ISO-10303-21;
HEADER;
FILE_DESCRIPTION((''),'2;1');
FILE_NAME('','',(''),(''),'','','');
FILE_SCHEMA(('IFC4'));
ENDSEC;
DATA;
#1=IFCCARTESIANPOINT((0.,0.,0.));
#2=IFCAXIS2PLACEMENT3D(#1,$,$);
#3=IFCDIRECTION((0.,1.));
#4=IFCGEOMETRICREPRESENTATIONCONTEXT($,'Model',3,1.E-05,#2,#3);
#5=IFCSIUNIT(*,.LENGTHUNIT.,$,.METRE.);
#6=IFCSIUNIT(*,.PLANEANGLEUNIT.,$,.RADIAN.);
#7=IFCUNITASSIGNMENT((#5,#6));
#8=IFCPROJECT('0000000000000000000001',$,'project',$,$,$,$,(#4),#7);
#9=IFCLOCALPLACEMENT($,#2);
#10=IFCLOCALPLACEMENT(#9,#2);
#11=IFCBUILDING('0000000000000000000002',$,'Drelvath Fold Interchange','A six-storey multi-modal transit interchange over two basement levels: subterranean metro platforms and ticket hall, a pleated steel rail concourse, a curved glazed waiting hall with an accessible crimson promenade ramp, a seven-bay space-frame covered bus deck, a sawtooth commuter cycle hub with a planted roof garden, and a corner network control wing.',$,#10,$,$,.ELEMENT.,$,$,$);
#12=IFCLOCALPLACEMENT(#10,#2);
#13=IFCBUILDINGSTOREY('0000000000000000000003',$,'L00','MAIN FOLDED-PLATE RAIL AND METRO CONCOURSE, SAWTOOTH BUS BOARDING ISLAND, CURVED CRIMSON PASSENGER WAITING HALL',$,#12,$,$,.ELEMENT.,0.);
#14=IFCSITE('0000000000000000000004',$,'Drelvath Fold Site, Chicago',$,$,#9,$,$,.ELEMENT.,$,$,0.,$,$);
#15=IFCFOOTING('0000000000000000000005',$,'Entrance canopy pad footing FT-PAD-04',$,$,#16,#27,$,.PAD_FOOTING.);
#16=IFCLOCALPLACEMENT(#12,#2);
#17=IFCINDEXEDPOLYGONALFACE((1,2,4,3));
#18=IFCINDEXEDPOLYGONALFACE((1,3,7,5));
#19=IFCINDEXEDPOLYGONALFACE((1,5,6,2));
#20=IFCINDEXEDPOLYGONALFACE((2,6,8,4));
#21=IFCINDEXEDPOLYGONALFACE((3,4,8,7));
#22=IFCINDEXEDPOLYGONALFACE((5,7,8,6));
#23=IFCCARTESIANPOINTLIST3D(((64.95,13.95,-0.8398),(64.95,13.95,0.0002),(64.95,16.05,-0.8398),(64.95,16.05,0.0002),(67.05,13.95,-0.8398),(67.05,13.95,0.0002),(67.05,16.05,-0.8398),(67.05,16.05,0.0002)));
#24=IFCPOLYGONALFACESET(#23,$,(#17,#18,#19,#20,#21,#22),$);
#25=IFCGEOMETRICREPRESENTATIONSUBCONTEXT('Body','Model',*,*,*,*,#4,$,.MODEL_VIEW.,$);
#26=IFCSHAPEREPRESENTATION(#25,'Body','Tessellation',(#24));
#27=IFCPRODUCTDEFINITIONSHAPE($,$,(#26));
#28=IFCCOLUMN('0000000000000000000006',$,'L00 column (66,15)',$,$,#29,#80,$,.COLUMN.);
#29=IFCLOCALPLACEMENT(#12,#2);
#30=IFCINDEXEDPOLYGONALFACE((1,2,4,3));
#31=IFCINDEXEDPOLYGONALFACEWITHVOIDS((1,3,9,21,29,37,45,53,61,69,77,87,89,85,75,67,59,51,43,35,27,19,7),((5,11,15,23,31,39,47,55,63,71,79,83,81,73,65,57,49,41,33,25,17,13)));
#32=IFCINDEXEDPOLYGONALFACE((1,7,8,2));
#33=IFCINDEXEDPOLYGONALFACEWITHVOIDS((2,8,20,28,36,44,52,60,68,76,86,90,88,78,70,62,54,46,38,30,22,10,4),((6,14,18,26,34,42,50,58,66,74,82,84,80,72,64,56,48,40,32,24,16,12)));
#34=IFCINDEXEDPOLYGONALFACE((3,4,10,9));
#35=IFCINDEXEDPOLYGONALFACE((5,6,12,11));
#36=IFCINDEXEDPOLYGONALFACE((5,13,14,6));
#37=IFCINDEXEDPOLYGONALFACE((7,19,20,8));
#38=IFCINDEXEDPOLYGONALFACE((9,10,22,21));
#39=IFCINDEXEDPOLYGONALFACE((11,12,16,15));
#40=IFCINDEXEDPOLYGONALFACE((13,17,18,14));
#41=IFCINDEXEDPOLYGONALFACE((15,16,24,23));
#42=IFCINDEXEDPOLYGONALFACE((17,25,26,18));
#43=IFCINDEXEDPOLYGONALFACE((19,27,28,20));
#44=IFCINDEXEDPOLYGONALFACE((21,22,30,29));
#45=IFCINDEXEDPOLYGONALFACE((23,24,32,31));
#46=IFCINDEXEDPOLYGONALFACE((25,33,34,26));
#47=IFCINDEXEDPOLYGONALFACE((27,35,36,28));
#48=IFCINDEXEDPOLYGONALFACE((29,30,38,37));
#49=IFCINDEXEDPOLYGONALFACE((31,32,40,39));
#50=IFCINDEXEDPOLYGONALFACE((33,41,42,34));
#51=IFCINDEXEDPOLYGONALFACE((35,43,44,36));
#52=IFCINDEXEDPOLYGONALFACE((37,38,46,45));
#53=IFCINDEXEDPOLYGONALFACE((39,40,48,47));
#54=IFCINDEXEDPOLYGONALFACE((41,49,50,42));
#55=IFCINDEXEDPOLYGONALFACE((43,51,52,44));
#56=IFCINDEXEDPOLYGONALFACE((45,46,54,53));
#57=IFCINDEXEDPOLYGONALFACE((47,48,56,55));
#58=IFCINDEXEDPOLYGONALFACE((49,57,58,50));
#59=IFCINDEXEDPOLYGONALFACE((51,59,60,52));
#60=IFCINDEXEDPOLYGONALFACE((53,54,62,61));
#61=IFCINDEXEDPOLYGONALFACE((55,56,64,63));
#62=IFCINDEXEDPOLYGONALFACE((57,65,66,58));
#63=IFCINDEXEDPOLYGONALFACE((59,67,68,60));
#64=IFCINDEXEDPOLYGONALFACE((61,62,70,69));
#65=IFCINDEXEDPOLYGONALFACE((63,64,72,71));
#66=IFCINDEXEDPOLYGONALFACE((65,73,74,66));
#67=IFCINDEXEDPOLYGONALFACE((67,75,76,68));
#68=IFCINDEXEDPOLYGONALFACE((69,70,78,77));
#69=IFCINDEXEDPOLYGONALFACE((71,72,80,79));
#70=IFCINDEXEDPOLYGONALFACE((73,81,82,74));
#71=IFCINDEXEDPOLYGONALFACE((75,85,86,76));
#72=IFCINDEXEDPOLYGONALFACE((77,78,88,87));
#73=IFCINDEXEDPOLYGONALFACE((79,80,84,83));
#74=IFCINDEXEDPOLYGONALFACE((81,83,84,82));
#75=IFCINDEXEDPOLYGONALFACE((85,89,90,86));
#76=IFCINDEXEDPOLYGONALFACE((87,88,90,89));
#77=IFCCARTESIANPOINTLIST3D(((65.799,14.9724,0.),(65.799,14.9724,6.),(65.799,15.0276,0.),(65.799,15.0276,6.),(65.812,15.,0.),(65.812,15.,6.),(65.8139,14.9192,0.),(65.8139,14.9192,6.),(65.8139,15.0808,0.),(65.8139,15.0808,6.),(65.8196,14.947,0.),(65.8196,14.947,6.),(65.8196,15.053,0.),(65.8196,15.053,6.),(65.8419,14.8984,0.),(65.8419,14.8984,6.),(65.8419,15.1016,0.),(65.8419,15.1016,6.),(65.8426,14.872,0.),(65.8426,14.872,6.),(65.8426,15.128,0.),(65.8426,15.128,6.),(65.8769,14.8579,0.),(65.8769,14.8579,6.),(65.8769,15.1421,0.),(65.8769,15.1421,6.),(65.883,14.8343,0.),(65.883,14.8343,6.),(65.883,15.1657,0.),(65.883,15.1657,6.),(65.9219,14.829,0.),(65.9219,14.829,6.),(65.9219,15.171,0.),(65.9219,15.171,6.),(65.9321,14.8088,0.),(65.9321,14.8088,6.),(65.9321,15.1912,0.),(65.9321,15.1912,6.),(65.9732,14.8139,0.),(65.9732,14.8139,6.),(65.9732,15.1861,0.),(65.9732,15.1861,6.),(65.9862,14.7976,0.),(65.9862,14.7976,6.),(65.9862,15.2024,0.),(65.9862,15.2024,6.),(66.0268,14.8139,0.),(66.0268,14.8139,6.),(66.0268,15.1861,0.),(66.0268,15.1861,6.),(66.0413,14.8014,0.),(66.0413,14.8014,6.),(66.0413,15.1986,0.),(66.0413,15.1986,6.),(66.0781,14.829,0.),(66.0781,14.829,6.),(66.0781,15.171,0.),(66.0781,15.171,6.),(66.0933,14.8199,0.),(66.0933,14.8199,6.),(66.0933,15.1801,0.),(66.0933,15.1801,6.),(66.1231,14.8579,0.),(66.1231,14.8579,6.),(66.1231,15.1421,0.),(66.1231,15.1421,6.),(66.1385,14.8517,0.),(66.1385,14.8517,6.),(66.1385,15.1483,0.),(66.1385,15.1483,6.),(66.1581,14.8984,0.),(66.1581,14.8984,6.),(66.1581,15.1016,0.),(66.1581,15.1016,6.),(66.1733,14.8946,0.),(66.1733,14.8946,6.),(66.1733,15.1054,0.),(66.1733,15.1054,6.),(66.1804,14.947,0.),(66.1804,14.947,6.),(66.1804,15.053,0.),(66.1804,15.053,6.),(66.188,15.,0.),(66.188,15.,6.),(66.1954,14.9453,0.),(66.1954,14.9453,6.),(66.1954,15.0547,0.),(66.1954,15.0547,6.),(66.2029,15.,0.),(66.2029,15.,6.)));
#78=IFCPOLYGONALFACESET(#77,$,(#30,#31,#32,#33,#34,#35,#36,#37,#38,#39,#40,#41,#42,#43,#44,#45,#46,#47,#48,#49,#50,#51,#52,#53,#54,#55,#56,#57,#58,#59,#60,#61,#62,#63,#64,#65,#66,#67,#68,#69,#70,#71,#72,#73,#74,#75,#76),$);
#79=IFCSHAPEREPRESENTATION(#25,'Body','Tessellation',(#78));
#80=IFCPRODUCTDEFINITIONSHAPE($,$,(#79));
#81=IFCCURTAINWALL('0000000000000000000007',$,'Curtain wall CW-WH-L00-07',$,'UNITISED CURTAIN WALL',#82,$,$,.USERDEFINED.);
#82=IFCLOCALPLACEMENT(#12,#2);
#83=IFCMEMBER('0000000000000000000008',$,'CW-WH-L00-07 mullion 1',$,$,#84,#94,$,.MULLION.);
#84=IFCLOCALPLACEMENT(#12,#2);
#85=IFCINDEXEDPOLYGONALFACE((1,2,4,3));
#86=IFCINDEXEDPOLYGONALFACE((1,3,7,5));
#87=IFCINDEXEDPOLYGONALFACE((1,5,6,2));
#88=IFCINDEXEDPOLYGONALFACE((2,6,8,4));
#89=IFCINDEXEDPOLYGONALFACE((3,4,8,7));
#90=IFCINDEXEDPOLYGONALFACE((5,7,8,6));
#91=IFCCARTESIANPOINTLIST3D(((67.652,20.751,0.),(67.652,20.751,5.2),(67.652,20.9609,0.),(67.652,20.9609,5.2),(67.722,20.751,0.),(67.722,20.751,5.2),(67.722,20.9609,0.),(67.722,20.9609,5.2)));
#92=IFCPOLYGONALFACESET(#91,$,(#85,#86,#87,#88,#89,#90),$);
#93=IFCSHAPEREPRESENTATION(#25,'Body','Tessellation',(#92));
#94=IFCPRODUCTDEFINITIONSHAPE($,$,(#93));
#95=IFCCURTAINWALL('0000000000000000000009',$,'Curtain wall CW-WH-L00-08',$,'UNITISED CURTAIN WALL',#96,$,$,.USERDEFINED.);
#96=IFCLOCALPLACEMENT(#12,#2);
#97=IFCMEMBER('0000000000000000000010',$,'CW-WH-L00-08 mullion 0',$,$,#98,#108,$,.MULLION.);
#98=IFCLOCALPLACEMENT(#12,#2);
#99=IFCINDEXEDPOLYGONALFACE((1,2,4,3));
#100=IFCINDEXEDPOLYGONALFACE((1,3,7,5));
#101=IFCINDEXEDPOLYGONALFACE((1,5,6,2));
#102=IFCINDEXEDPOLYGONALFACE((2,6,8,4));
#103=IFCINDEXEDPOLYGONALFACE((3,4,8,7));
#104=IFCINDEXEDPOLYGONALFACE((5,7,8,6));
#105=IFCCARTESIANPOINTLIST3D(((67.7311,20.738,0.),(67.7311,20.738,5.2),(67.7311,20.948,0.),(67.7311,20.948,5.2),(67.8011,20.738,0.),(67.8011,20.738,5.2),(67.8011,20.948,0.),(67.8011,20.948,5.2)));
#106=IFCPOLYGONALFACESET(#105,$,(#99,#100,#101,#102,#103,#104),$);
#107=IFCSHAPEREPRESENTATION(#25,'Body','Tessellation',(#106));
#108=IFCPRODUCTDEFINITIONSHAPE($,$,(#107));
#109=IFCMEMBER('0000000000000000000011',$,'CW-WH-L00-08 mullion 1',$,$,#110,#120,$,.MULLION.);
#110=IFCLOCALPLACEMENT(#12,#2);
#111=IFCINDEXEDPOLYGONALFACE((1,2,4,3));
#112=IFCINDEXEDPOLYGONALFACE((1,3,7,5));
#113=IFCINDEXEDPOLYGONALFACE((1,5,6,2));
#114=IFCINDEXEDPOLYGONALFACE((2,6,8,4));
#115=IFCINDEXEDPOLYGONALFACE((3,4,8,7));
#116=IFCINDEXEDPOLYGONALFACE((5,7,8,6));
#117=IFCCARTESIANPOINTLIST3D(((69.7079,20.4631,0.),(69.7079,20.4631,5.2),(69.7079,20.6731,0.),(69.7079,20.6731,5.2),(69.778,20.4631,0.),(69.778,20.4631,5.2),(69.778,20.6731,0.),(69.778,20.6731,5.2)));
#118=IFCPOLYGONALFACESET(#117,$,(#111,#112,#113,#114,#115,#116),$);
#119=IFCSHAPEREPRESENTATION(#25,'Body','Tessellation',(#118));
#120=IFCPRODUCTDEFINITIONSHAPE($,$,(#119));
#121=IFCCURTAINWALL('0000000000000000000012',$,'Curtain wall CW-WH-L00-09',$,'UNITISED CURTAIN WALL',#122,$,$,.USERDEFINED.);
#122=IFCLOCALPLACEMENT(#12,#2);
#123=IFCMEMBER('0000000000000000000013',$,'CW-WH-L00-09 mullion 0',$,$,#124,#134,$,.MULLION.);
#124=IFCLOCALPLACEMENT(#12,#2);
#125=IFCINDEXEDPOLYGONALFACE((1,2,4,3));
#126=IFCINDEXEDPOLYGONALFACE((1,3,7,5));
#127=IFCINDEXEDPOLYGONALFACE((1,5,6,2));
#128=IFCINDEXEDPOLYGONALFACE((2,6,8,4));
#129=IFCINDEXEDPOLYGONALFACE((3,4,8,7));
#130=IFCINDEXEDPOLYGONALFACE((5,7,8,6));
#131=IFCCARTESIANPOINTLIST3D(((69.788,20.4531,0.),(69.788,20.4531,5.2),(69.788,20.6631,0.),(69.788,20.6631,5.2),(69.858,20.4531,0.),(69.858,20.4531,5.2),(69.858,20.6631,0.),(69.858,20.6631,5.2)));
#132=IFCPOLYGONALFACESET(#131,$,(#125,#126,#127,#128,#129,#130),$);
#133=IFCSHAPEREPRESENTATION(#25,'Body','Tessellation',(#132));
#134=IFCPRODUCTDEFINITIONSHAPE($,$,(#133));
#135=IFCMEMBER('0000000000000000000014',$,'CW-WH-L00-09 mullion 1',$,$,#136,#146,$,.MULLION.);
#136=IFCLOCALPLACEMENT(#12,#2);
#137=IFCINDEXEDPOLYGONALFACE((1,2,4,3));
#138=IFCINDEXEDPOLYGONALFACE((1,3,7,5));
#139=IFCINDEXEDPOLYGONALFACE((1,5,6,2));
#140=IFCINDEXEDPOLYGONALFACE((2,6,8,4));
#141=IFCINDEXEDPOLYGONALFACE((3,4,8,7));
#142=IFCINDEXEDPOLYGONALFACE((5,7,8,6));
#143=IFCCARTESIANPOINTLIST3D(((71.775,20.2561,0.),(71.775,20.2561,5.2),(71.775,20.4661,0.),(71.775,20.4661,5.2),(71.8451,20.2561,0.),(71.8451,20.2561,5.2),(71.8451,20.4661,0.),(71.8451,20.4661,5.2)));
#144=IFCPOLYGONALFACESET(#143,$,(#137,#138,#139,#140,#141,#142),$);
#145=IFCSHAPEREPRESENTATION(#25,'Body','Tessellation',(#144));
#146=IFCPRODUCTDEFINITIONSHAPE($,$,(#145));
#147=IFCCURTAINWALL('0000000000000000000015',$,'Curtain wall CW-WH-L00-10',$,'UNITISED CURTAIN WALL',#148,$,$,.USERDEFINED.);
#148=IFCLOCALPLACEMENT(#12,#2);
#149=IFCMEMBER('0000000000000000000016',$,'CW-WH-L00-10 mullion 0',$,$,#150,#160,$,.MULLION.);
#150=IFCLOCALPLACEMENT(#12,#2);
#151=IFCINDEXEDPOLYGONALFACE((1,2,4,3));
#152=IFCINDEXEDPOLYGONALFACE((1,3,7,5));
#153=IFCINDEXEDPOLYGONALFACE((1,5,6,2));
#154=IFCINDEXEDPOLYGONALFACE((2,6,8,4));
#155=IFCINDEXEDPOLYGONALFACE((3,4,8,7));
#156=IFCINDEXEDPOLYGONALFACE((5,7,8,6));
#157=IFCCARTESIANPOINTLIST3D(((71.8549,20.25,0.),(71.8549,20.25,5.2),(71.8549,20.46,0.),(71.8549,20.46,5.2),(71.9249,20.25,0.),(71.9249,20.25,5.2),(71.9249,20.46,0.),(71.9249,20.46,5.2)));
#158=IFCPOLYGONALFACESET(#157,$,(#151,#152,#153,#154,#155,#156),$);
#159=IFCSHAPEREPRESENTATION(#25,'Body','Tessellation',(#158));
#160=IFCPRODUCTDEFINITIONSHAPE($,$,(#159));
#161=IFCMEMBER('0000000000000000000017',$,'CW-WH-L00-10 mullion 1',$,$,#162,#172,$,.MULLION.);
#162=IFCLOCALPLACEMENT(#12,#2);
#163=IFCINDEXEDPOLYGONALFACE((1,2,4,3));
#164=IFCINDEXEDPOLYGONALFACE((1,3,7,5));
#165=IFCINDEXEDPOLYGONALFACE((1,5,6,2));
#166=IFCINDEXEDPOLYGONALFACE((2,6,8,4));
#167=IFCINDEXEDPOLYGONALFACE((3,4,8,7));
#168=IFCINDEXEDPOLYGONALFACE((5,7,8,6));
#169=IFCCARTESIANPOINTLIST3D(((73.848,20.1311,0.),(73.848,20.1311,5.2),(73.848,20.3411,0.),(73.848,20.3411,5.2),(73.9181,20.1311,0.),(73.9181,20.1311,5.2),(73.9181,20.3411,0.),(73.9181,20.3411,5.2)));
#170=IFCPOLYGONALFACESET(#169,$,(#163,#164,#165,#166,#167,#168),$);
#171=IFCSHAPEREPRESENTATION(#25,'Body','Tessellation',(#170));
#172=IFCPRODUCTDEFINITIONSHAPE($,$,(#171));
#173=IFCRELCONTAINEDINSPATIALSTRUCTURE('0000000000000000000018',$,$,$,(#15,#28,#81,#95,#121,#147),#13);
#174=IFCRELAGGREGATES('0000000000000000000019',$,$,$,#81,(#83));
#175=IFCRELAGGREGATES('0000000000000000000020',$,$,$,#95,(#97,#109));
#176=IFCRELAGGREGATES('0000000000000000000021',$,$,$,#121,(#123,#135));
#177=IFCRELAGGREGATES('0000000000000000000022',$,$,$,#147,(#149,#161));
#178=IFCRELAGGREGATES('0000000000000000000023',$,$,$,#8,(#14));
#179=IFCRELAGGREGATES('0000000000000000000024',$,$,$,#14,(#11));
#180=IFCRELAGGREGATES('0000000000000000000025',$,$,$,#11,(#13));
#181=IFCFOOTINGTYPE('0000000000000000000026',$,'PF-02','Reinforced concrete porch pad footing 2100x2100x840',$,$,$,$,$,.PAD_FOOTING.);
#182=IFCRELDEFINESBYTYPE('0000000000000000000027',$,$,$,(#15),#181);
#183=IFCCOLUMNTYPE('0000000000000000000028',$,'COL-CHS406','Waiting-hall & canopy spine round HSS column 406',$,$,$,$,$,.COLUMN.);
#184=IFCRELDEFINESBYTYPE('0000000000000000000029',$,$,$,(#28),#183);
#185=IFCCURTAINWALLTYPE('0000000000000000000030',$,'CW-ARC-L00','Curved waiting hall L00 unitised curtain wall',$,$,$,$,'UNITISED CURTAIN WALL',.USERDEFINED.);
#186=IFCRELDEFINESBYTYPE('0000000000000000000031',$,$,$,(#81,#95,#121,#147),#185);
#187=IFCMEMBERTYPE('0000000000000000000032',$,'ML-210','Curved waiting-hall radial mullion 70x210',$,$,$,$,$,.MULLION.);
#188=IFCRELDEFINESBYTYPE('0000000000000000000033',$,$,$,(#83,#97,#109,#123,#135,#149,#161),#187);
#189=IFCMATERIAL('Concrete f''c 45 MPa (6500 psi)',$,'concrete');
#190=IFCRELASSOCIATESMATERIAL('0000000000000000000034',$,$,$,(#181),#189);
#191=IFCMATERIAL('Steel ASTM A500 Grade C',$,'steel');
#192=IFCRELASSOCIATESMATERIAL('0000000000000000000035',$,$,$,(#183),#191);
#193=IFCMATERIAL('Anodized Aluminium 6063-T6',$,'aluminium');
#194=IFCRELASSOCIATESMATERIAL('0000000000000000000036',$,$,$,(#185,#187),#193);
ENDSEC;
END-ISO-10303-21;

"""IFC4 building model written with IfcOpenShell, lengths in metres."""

from ifc_helpers import new_model, si_unit, direction, frame, origin, origin_2d, place, context, subcontext, project, spatial, rectangle, hollow_circle, extrude, material, material_profile, profile_set, type_object, element, aggregate, save


model = new_model("IFC4")

# Units and contexts
model_context = context("Model", 3, precision=1e-05, world=origin(), true_north=direction((0.0, 1.0)))
body_context = subcontext(model_context, "Body", "Model", "MODEL_VIEW")
ifc_project = project(units=[si_unit("LENGTHUNIT", "METRE"), si_unit("PLANEANGLEUNIT", "RADIAN")], contexts=[model_context])

# Site, building, storey
site_placement = place(None, origin())
site = spatial("IfcSite", under=ifc_project, at=site_placement, Name="Drelvath Fold Site, Chicago", CompositionType="ELEMENT", RefElevation=0.0)
building_placement = place(site_placement, origin())
building = spatial("IfcBuilding", under=site, at=building_placement, Name="Drelvath Fold Interchange", Description="A six-storey multi-modal transit interchange over two basement levels: subterranean metro platforms and ticket hall, a pleated steel rail concourse, a curved glazed waiting hall with an accessible crimson promenade ramp, a seven-bay space-frame covered bus deck, a sawtooth commuter cycle hub with a planted roof garden, and a corner network control wing.", CompositionType="ELEMENT")
storey_placement = place(building_placement, origin())
storey = spatial("IfcBuildingStorey", under=building, at=storey_placement, Name="L00", Description="MAIN FOLDED-PLATE RAIL AND METRO CONCOURSE, SAWTOOTH BUS BOARDING ISLAND, CURVED CRIMSON PASSENGER WAITING HALL", CompositionType="ELEMENT", Elevation=0.0)

# Footing
ifc_material_1 = material(Name="Concrete f'c 45 MPa (6500 psi)", Category="concrete")
footing_type = type_object("IfcFootingType", Name="PF-02", Description="Reinforced concrete porch pad footing 2100x2100x840", PredefinedType="PAD_FOOTING", material=ifc_material_1)
footing_placement = place(storey_placement, frame((66.0, 15.0, -0.8398), z_axis=(0.0, 0.0, 1.0), x_axis=(1.0, 0.0, 0.0)))
element("IfcFooting", 1, at=footing_placement, inside=storey, type_object=footing_type, Name="Entrance canopy pad footing FT-PAD-04", PredefinedType="PAD_FOOTING", context=body_context, shape_type="SweptSolid", body=[
    extrude(rectangle(XDim=2.1001, YDim=2.1001, at=origin_2d()), origin(), (0.0, 0.0, 1.0), 0.8401),
])

# Column
ifc_material_2 = material(Name="Steel ASTM A500 Grade C", Category="steel")
ifc_material_profile_1 = material_profile(ifc_material_2, hollow_circle(Radius=0.2029, WallThickness=0.0149, at=origin_2d()), Name="HSS16.000X0.625")
ifc_profile_set_1 = profile_set([ifc_material_profile_1], Name="Steel ASTM A500 Grade C")
column_type = type_object("IfcColumnType", Name="COL-CHS406", Description="Waiting-hall & canopy spine round HSS column 406", PredefinedType="COLUMN", material=ifc_profile_set_1)
column_placement = place(storey_placement, frame((66.0, 15.0, 0.0), z_axis=(0.0, 0.0, 1.0), x_axis=(1.0, 0.0, 0.0)))
element("IfcColumn", 2, at=column_placement, inside=storey, type_object=column_type, Name="L00 column (66,15)", PredefinedType="COLUMN", context=body_context, shape_type="SweptSolid", body=[
    extrude(hollow_circle(Radius=0.2029, WallThickness=0.0149, at=origin_2d()), origin(), (0.0, 0.0, 1.0), 6.0),
])

# Curtain wall, member
ifc_material_3 = material(Name="Anodized Aluminium 6063-T6", Category="aluminium")
curtain_wall_type = type_object("IfcCurtainWallType", Name="CW-ARC-L00", Description="Curved waiting hall L00 unitised curtain wall", ElementType="UNITISED CURTAIN WALL", PredefinedType="USERDEFINED", material=ifc_material_3)
curtain_wall_1_placement = place(storey_placement, origin())
curtain_wall_1 = element("IfcCurtainWall", 3, at=curtain_wall_1_placement, inside=storey, type_object=curtain_wall_type, Name="Curtain wall CW-WH-L00-07", ObjectType="UNITISED CURTAIN WALL", PredefinedType="USERDEFINED")
ifc_material_profile_2 = material_profile(ifc_material_3, rectangle(XDim=0.0701, YDim=0.21, at=origin_2d()), Name="AL-M 70x210")
ifc_profile_set_2 = profile_set([ifc_material_profile_2], Name="Anodized Aluminium 6063-T6")
member_type_1 = type_object("IfcMemberType", Name="ML-210", Description="Curved waiting-hall radial mullion 70x210", PredefinedType="MULLION", material=ifc_profile_set_2)
member_1_placement = place(storey_placement, frame((67.687, 20.856, 0.0), z_axis=(0.0, 0.0, 1.0), x_axis=(1.0, 0.0, 0.0)))
member_1 = element("IfcMember", 4, at=member_1_placement, type_object=member_type_1, Name="CW-WH-L00-07 mullion 1", PredefinedType="MULLION", context=body_context, shape_type="SweptSolid", body=[
    extrude(rectangle(XDim=0.0701, YDim=0.21, at=origin_2d()), origin(), (0.0, 0.0, 1.0), 5.2),
])

# Curtain walls, members
curtain_wall_2_placement = place(storey_placement, origin())
curtain_wall_2 = element("IfcCurtainWall", 5, at=curtain_wall_2_placement, inside=storey, type_object=curtain_wall_type, Name="Curtain wall CW-WH-L00-08", ObjectType="UNITISED CURTAIN WALL", PredefinedType="USERDEFINED")
member_2_placement = place(storey_placement, frame((67.7661, 20.843, 0.0), z_axis=(0.0, 0.0, 1.0), x_axis=(1.0, 0.0, 0.0)))
member_2 = element("IfcMember", 6, at=member_2_placement, type_object=member_type_1, Name="CW-WH-L00-08 mullion 0", PredefinedType="MULLION", context=body_context, shape_type="SweptSolid", body=[
    extrude(rectangle(XDim=0.0701, YDim=0.21, at=origin_2d()), origin(), (0.0, 0.0, 1.0), 5.2),
])
member_3_placement = place(storey_placement, frame((69.7429, 20.5681, 0.0), z_axis=(0.0, 0.0, 1.0), x_axis=(1.0, 0.0, 0.0)))
member_3 = element("IfcMember", 7, at=member_3_placement, type_object=member_type_1, Name="CW-WH-L00-08 mullion 1", PredefinedType="MULLION", context=body_context, shape_type="SweptSolid", body=[
    extrude(rectangle(XDim=0.0701, YDim=0.21, at=origin_2d()), origin(), (0.0, 0.0, 1.0), 5.2),
])
curtain_wall_3_placement = place(storey_placement, origin())
curtain_wall_3 = element("IfcCurtainWall", 8, at=curtain_wall_3_placement, inside=storey, type_object=curtain_wall_type, Name="Curtain wall CW-WH-L00-09", ObjectType="UNITISED CURTAIN WALL", PredefinedType="USERDEFINED")
member_4_placement = place(storey_placement, frame((69.823, 20.5581, 0.0), z_axis=(0.0, 0.0, 1.0), x_axis=(1.0, 0.0, 0.0)))
member_4 = element("IfcMember", 9, at=member_4_placement, type_object=member_type_1, Name="CW-WH-L00-09 mullion 0", PredefinedType="MULLION", context=body_context, shape_type="SweptSolid", body=[
    extrude(rectangle(XDim=0.0701, YDim=0.21, at=origin_2d()), origin(), (0.0, 0.0, 1.0), 5.2),
])
member_5_placement = place(storey_placement, frame((71.8101, 20.3611, 0.0), z_axis=(0.0, 0.0, 1.0), x_axis=(1.0, 0.0, 0.0)))
member_5 = element("IfcMember", 10, at=member_5_placement, type_object=member_type_1, Name="CW-WH-L00-09 mullion 1", PredefinedType="MULLION", context=body_context, shape_type="SweptSolid", body=[
    extrude(rectangle(XDim=0.0701, YDim=0.21, at=origin_2d()), origin(), (0.0, 0.0, 1.0), 5.2),
])
curtain_wall_4_placement = place(storey_placement, origin())
curtain_wall_4 = element("IfcCurtainWall", 11, at=curtain_wall_4_placement, inside=storey, type_object=curtain_wall_type, Name="Curtain wall CW-WH-L00-10", ObjectType="UNITISED CURTAIN WALL", PredefinedType="USERDEFINED")
member_6_placement = place(storey_placement, frame((71.8899, 20.355, 0.0), z_axis=(0.0, 0.0, 1.0), x_axis=(1.0, 0.0, 0.0)))
member_6 = element("IfcMember", 12, at=member_6_placement, type_object=member_type_1, Name="CW-WH-L00-10 mullion 0", PredefinedType="MULLION", context=body_context, shape_type="SweptSolid", body=[
    extrude(rectangle(XDim=0.0701, YDim=0.21, at=origin_2d()), origin(), (0.0, 0.0, 1.0), 5.2),
])
member_7_placement = place(storey_placement, frame((73.8831, 20.2361, 0.0), z_axis=(0.0, 0.0, 1.0), x_axis=(1.0, 0.0, 0.0)))
member_7 = element("IfcMember", 13, at=member_7_placement, type_object=member_type_1, Name="CW-WH-L00-10 mullion 1", PredefinedType="MULLION", context=body_context, shape_type="SweptSolid", body=[
    extrude(rectangle(XDim=0.0701, YDim=0.21, at=origin_2d()), origin(), (0.0, 0.0, 1.0), 5.2),
])

aggregate(curtain_wall_1, [member_1])
aggregate(curtain_wall_2, [member_2, member_3])
aggregate(curtain_wall_3, [member_4, member_5])
aggregate(curtain_wall_4, [member_6, member_7])

save(model, "model.ifc")
